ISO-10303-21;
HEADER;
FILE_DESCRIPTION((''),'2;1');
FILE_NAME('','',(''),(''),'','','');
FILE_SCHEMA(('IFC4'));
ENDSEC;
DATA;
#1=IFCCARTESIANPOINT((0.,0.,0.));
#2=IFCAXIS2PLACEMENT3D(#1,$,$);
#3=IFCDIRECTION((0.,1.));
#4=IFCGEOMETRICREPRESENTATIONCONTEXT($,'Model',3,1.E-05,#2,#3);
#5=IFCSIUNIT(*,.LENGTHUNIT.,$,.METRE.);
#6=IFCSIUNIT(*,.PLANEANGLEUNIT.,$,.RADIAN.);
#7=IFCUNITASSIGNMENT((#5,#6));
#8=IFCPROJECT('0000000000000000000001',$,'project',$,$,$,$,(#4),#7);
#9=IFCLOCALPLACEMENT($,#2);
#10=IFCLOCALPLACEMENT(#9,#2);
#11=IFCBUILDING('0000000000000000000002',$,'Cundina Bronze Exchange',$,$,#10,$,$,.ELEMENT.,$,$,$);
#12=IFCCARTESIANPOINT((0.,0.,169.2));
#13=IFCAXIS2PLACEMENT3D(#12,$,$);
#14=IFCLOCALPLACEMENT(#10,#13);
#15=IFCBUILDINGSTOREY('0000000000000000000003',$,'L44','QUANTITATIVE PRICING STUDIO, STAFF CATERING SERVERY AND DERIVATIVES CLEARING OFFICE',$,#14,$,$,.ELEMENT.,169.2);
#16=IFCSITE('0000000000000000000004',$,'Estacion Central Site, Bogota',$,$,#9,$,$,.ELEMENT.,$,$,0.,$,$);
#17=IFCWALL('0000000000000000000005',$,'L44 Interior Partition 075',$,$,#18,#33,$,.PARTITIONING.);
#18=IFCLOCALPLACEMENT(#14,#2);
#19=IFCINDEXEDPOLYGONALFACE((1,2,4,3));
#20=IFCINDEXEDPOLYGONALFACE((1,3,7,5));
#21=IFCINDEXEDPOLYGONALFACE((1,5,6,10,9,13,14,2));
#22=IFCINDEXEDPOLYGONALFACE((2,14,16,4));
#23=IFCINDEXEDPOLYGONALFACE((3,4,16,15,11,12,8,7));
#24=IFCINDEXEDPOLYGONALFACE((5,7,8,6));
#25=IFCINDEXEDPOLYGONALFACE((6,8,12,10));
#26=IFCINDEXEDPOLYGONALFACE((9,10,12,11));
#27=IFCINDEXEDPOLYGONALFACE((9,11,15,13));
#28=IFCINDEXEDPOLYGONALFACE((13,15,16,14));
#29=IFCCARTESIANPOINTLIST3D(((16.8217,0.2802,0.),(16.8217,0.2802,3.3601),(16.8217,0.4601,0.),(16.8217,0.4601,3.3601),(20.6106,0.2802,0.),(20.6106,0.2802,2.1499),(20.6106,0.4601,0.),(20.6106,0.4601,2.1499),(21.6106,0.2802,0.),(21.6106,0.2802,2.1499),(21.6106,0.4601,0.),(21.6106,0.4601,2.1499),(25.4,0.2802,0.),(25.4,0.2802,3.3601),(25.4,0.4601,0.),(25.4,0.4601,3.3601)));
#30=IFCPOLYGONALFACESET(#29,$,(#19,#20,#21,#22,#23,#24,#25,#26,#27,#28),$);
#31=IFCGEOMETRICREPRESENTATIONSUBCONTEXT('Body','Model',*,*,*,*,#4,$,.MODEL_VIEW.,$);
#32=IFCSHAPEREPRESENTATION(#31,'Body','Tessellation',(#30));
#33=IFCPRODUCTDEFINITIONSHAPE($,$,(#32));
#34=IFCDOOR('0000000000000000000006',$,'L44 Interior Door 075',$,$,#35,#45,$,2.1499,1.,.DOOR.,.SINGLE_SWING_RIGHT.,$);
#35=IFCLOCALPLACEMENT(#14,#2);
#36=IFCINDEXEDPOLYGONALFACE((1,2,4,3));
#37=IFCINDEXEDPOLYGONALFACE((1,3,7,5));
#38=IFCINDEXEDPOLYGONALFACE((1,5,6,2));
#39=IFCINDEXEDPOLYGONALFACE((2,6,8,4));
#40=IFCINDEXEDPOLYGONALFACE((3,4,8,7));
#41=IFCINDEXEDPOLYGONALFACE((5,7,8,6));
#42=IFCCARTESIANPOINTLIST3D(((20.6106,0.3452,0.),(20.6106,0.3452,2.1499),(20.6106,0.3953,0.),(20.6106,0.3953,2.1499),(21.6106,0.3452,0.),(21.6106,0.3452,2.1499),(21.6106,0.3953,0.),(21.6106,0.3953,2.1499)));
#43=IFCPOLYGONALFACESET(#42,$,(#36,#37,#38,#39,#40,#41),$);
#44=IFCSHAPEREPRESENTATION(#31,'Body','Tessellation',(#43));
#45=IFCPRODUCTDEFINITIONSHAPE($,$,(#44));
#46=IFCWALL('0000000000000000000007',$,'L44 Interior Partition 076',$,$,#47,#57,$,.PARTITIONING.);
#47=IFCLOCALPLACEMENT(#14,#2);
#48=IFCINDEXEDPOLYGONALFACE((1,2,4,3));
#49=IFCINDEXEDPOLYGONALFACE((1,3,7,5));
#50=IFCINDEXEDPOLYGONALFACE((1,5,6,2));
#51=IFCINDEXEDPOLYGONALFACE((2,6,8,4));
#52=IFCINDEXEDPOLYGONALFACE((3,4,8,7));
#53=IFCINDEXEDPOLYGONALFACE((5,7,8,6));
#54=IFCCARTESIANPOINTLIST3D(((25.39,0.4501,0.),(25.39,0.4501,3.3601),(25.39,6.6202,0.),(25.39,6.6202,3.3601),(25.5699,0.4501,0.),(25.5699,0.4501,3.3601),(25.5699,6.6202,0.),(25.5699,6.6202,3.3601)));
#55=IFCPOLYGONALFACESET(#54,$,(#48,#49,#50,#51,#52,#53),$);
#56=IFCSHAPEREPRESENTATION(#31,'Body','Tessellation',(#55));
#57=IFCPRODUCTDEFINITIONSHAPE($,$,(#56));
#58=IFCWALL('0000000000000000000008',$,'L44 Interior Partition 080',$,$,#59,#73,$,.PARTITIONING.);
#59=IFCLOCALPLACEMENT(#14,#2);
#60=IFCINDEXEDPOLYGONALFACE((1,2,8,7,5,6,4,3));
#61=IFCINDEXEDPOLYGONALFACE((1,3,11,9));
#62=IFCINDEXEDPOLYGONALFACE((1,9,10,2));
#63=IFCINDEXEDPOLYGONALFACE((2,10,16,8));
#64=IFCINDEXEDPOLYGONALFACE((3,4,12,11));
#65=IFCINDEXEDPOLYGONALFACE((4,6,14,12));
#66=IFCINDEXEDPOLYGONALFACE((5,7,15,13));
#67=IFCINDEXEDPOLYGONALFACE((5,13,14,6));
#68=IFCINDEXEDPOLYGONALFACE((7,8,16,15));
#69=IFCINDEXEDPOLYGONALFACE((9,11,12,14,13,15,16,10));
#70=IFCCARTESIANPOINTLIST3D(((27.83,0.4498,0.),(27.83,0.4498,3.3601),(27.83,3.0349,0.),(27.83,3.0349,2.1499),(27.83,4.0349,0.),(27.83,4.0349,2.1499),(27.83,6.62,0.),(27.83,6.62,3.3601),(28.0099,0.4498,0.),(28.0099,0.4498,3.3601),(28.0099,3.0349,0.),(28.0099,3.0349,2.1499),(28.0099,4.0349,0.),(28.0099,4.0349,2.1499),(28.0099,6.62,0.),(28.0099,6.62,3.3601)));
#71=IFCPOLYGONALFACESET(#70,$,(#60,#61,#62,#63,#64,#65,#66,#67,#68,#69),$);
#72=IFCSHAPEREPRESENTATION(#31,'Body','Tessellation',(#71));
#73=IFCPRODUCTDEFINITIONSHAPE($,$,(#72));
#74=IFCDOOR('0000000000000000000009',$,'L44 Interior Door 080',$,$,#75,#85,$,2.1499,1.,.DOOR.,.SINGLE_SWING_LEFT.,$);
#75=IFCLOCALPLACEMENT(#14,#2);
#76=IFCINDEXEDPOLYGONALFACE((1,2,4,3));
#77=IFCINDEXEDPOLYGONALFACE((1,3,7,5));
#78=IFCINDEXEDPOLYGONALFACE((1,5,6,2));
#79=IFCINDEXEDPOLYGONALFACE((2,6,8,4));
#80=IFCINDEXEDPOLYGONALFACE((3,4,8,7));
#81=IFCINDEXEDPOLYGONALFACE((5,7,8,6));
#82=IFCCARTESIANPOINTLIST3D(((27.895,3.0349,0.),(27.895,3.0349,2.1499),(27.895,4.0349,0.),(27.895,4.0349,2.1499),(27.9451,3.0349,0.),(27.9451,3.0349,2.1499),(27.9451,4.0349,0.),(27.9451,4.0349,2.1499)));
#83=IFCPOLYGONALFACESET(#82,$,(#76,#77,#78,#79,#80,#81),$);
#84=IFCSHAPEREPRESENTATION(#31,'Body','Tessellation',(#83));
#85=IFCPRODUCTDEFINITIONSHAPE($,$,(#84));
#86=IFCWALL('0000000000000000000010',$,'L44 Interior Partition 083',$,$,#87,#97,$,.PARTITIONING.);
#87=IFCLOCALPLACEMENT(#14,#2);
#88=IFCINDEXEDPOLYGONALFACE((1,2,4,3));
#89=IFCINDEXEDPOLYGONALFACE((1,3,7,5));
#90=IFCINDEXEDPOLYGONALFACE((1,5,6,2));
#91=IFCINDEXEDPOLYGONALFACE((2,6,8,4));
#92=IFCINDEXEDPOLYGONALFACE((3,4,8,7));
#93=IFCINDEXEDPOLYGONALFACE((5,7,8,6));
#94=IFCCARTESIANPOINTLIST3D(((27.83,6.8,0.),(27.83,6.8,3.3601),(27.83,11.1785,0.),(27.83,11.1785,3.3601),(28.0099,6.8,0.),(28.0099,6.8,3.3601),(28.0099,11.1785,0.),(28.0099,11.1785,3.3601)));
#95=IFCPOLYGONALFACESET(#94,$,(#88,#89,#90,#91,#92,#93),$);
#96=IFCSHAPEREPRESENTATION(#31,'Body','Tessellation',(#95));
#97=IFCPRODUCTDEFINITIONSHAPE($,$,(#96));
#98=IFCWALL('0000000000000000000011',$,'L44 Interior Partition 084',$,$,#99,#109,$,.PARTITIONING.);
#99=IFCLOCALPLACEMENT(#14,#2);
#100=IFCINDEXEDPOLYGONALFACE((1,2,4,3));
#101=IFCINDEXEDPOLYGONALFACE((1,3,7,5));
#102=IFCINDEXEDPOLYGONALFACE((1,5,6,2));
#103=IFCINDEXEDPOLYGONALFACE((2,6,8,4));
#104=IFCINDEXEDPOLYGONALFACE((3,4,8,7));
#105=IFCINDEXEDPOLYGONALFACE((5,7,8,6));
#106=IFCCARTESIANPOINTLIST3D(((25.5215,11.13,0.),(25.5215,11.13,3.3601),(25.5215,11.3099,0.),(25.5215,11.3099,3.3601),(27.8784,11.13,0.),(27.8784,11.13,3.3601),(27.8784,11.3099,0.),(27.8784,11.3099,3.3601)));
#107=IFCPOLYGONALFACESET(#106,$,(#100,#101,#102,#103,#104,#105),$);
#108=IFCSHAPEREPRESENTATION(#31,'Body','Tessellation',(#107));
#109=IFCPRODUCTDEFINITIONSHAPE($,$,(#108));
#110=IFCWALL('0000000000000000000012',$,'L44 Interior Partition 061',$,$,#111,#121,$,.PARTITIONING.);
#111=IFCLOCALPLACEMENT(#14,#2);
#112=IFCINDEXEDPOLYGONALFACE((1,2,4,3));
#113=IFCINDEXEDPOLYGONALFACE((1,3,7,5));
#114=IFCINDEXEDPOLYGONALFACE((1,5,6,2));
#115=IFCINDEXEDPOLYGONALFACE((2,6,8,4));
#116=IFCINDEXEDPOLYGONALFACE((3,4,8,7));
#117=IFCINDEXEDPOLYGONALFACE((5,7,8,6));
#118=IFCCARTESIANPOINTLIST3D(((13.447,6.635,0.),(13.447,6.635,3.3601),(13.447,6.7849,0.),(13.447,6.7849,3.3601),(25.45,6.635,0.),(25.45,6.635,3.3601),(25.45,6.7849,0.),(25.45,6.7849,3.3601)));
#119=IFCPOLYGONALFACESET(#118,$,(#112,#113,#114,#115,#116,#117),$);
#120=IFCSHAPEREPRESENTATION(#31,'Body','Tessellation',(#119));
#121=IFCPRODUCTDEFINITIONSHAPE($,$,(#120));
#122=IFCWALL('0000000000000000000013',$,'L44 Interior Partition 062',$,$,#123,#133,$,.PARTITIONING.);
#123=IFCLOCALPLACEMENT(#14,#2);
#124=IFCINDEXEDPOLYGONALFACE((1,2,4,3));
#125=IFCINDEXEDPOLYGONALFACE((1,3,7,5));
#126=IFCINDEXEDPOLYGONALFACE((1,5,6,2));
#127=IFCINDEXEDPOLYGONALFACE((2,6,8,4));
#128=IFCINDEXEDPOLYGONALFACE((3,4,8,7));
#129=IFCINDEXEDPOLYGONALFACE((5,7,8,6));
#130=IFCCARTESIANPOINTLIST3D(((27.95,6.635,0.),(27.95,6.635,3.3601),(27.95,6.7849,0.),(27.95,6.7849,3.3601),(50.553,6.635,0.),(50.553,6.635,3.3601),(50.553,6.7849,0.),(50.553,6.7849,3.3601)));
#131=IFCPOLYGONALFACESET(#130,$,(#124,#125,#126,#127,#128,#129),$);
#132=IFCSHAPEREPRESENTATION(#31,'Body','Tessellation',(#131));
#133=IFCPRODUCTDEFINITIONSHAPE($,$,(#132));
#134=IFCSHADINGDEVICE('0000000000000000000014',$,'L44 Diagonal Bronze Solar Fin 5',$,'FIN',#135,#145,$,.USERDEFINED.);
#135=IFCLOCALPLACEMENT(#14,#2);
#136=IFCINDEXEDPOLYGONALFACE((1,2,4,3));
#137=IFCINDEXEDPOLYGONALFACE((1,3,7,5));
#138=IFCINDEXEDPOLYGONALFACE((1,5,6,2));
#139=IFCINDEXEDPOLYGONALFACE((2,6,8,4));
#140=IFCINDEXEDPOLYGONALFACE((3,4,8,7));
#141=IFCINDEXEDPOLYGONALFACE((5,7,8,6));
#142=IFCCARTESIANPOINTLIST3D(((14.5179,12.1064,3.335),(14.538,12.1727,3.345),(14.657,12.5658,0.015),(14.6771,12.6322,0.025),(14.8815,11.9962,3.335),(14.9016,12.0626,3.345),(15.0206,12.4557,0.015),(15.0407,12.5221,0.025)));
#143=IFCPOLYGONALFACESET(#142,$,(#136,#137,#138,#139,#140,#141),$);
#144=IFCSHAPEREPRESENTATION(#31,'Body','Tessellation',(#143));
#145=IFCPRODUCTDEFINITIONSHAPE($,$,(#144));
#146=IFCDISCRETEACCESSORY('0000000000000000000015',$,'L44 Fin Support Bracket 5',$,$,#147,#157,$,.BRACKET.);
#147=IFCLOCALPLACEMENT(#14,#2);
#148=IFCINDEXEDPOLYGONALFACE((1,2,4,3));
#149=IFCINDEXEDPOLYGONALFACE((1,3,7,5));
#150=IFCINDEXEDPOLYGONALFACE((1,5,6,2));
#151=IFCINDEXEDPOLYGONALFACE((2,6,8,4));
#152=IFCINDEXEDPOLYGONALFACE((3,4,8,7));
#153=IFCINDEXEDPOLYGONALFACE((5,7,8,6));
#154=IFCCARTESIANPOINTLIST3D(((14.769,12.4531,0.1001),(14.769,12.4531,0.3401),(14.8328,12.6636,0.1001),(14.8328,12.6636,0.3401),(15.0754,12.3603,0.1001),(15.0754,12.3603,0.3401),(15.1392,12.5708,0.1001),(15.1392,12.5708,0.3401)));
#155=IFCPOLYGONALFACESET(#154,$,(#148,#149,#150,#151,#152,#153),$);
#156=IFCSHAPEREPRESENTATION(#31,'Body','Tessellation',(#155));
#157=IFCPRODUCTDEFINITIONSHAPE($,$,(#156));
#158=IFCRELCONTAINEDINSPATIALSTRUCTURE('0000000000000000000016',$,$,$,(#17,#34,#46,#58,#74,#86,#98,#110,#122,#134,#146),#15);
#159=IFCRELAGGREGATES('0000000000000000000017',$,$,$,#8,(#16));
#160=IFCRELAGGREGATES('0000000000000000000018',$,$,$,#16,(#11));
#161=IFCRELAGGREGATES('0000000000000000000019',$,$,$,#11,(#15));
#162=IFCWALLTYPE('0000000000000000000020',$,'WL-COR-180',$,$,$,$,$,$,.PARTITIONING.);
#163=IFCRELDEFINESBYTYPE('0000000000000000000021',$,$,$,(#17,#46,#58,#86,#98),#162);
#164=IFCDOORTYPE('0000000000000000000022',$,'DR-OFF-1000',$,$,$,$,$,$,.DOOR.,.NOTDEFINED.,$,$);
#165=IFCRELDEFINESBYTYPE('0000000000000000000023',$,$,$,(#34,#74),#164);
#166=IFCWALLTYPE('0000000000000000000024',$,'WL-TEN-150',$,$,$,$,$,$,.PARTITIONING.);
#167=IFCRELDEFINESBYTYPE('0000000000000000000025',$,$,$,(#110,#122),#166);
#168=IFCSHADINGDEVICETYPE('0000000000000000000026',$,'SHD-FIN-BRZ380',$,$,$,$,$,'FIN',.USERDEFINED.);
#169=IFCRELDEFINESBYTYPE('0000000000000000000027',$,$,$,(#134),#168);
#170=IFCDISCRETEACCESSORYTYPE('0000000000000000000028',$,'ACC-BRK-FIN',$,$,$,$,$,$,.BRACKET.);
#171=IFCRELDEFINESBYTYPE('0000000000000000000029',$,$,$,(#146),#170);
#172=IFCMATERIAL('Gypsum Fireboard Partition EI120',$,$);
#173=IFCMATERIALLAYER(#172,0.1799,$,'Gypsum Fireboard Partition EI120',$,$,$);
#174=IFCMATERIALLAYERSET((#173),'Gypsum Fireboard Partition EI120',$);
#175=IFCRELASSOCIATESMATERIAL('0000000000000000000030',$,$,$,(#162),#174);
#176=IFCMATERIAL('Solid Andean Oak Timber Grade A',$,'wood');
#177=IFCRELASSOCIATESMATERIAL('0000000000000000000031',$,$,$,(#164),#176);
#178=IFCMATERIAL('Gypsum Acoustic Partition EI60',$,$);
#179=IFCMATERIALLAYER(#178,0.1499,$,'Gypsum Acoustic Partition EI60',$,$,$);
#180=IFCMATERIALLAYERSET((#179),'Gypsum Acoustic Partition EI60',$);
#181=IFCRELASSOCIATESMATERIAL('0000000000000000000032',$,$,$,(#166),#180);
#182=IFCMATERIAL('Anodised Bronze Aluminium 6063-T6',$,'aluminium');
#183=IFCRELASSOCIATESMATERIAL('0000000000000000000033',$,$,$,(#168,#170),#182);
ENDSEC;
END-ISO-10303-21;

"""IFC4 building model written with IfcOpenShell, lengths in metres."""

from ifc_helpers import new_model, si_unit, direction, frame, frame_2d, origin, origin_2d, place, context, subcontext, project, spatial, rectangle, extrude, material, layer, layer_set, material_profile, profile_set, type_object, element, fill, save


model = new_model("IFC4")

# Units and contexts
model_context = context("Model", 3, precision=1e-05, world=origin(), true_north=direction((0.0, 1.0)))
body_context = subcontext(model_context, "Body", "Model", "MODEL_VIEW")
ifc_project = project(units=[si_unit("LENGTHUNIT", "METRE"), si_unit("PLANEANGLEUNIT", "RADIAN")], contexts=[model_context])

# Site, building, storey
site_placement = place(None, origin())
site = spatial("IfcSite", under=ifc_project, at=site_placement, Name="Estacion Central Site, Bogota", CompositionType="ELEMENT", RefElevation=0.0)
building_placement = place(site_placement, origin())
building = spatial("IfcBuilding", under=site, at=building_placement, Name="Cundina Bronze Exchange", CompositionType="ELEMENT")
storey_placement = place(building_placement, frame((0.0, 0.0, 169.2)))
storey = spatial("IfcBuildingStorey", under=building, at=storey_placement, Name="L44", Description="QUANTITATIVE PRICING STUDIO, STAFF CATERING SERVERY AND DERIVATIVES CLEARING OFFICE", CompositionType="ELEMENT", Elevation=169.2)

# Shared definitions
ifc_material_1 = material(Name="Anodised Bronze Aluminium 6063-T6", Category="aluminium")

# Wall, opening, door
ifc_material_2 = material(Name="Gypsum Fireboard Partition EI120")
ifc_layer_1 = layer(ifc_material_2, 0.1799, Name="Gypsum Fireboard Partition EI120")
ifc_layer_set_1 = layer_set([ifc_layer_1], Name="Gypsum Fireboard Partition EI120")
wall_type_1 = type_object("IfcWallType", Name="WL-COR-180", PredefinedType="PARTITIONING", material=ifc_layer_set_1)
wall_1_placement = place(storey_placement, frame((25.3999, 0.3701, 0.0), z_axis=(0.0, 0.0, 1.0), x_axis=(-1.0, 0.0, 0.0)))
wall_1 = element("IfcWall", 1, at=wall_1_placement, inside=storey, type_object=wall_type_1, Name="L44 Interior Partition 075", PredefinedType="PARTITIONING", context=body_context, shape_type="SweptSolid", body=[
    extrude(rectangle(XDim=8.5784, YDim=0.1799, at=frame_2d((4.2891, 0.0))), origin(), (0.0, 0.0, 1.0), 3.3601),
])
opening_1_placement = place(wall_1_placement, frame((3.7893, 0.0, 0.0)))
opening_1 = element("IfcOpeningElement", 2, at=opening_1_placement, cuts=wall_1, PredefinedType="OPENING", context=body_context, shape_type="SweptSolid", body=[
    extrude(rectangle(XDim=1.0, YDim=2.1499, at=frame_2d((0.5, 1.075))), frame((0.0, 0.0999, 0.0), z_axis=(0.0, -1.0, 0.0), x_axis=(1.0, 0.0, 0.0)), (0.0, 0.0, 1.0), 0.2),
])
ifc_material_3 = material(Name="Solid Andean Oak Timber Grade A", Category="wood")
door_type = type_object("IfcDoorType", Name="DR-OFF-1000", OperationType="NOTDEFINED", PredefinedType="DOOR", material=ifc_material_3)
door_1_placement = place(opening_1_placement, origin())
door_1 = element("IfcDoor", 3, at=door_1_placement, inside=storey, type_object=door_type, Name="L44 Interior Door 075", OperationType="SINGLE_SWING_RIGHT", OverallHeight=2.1499, OverallWidth=1.0, PredefinedType="DOOR", context=body_context, shape_type="SweptSolid", body=[
    extrude(rectangle(XDim=1.0, YDim=2.1499, at=frame_2d((0.5, 1.075))), frame((0.0, 0.0249, 0.0), z_axis=(0.0, -1.0, 0.0), x_axis=(1.0, 0.0, 0.0)), (0.0, 0.0, 1.0), 0.05),
])
fill(opening_1, door_1)

# Wall
wall_2_placement = place(storey_placement, frame((25.48, 6.6201, 0.0), z_axis=(0.0, 0.0, 1.0), x_axis=(0.0, -1.0, 0.0)))
element("IfcWall", 4, at=wall_2_placement, inside=storey, type_object=wall_type_1, Name="L44 Interior Partition 076", PredefinedType="PARTITIONING", context=body_context, shape_type="SweptSolid", body=[
    extrude(rectangle(XDim=6.1702, YDim=0.1799, at=frame_2d((3.085, 0.0))), origin(), (0.0, 0.0, 1.0), 3.3601),
])

# Wall, opening, door
wall_3_placement = place(storey_placement, frame((27.9199, 0.45, 0.0), z_axis=(0.0, 0.0, 1.0), x_axis=(0.0, 1.0, 0.0)))
wall_3 = element("IfcWall", 5, at=wall_3_placement, inside=storey, type_object=wall_type_1, Name="L44 Interior Partition 080", PredefinedType="PARTITIONING", context=body_context, shape_type="SweptSolid", body=[
    extrude(rectangle(XDim=6.1702, YDim=0.1799, at=frame_2d((3.085, 0.0))), origin(), (0.0, 0.0, 1.0), 3.3601),
])
opening_2_placement = place(wall_3_placement, frame((2.585, 0.0, 0.0)))
opening_2 = element("IfcOpeningElement", 6, at=opening_2_placement, cuts=wall_3, PredefinedType="OPENING", context=body_context, shape_type="SweptSolid", body=[
    extrude(rectangle(XDim=1.0, YDim=2.1499, at=frame_2d((0.5, 1.075))), frame((0.0, 0.0999, 0.0), z_axis=(0.0, -1.0, 0.0), x_axis=(1.0, 0.0, 0.0)), (0.0, 0.0, 1.0), 0.2),
])
door_2_placement = place(opening_2_placement, origin())
door_2 = element("IfcDoor", 7, at=door_2_placement, inside=storey, type_object=door_type, Name="L44 Interior Door 080", OperationType="SINGLE_SWING_LEFT", OverallHeight=2.1499, OverallWidth=1.0, PredefinedType="DOOR", context=body_context, shape_type="SweptSolid", body=[
    extrude(rectangle(XDim=1.0, YDim=2.1499, at=frame_2d((0.5, 1.075))), frame((0.0, 0.0249, 0.0), z_axis=(0.0, -1.0, 0.0), x_axis=(1.0, 0.0, 0.0)), (0.0, 0.0, 1.0), 0.05),
])
fill(opening_2, door_2)

# Walls
wall_4_placement = place(storey_placement, frame((27.9199, 6.8, 0.0), z_axis=(0.0, 0.0, 1.0), x_axis=(0.0, 1.0, 0.0)))
element("IfcWall", 8, at=wall_4_placement, inside=storey, type_object=wall_type_1, Name="L44 Interior Partition 083", PredefinedType="PARTITIONING", context=body_context, shape_type="SweptSolid", body=[
    extrude(rectangle(XDim=4.3784, YDim=0.1799, at=frame_2d((2.1892, 0.0))), origin(), (0.0, 0.0, 1.0), 3.3601),
])
wall_5_placement = place(storey_placement, frame((27.8784, 11.22, 0.0), z_axis=(0.0, 0.0, 1.0), x_axis=(-1.0, 0.0, 0.0)))
element("IfcWall", 9, at=wall_5_placement, inside=storey, type_object=wall_type_1, Name="L44 Interior Partition 084", PredefinedType="PARTITIONING", context=body_context, shape_type="SweptSolid", body=[
    extrude(rectangle(XDim=2.3569, YDim=0.1799, at=frame_2d((1.1785, 0.0))), origin(), (0.0, 0.0, 1.0), 3.3601),
])
ifc_material_4 = material(Name="Gypsum Acoustic Partition EI60")
ifc_layer_2 = layer(ifc_material_4, 0.1499, Name="Gypsum Acoustic Partition EI60")
ifc_layer_set_2 = layer_set([ifc_layer_2], Name="Gypsum Acoustic Partition EI60")
wall_type_2 = type_object("IfcWallType", Name="WL-TEN-150", PredefinedType="PARTITIONING", material=ifc_layer_set_2)
wall_6_placement = place(storey_placement, frame((13.447, 6.71, 0.0), z_axis=(0.0, 0.0, 1.0), x_axis=(1.0, 0.0, 0.0)))
element("IfcWall", 10, at=wall_6_placement, inside=storey, type_object=wall_type_2, Name="L44 Interior Partition 061", PredefinedType="PARTITIONING", context=body_context, shape_type="SweptSolid", body=[
    extrude(rectangle(XDim=12.0029, YDim=0.1499, at=frame_2d((6.0015, 0.0))), origin(), (0.0, 0.0, 1.0), 3.3601),
])
wall_7_placement = place(storey_placement, frame((27.95, 6.71, 0.0), z_axis=(0.0, 0.0, 1.0), x_axis=(1.0, 0.0, 0.0)))
element("IfcWall", 11, at=wall_7_placement, inside=storey, type_object=wall_type_2, Name="L44 Interior Partition 062", PredefinedType="PARTITIONING", context=body_context, shape_type="SweptSolid", body=[
    extrude(rectangle(XDim=22.603, YDim=0.1499, at=frame_2d((11.3015, 0.0))), origin(), (0.0, 0.0, 1.0), 3.3601),
])

# Shading device
ifc_material_profile_1 = material_profile(ifc_material_1, rectangle(XDim=0.0701, YDim=0.3799, at=origin_2d()), Name="FIN70X380", Category="aluminium")
ifc_profile_set_1 = profile_set([ifc_material_profile_1], Name="Anodised Bronze Aluminium 6063-T6")
shading_device_type = type_object("IfcShadingDeviceType", Name="SHD-FIN-BRZ380", ElementType="FIN", PredefinedType="USERDEFINED", material=ifc_profile_set_1)
shading_device_placement = place(storey_placement, frame((14.8489, 12.5439, 0.02), z_axis=(-0.041483, -0.136968, 0.989706), x_axis=(0.286883, 0.947216, 0.143112)))
element("IfcShadingDevice", 12, at=shading_device_placement, inside=storey, type_object=shading_device_type, Name="L44 Diagonal Bronze Solar Fin 5", ObjectType="FIN", PredefinedType="USERDEFINED", context=body_context, shape_type="SweptSolid", body=[
    extrude(rectangle(XDim=0.0701, YDim=0.3799, at=origin_2d()), origin(), (0.0, 0.0, 1.0), 3.3545),
])

# Discrete accessory
discrete_accessory_type = type_object("IfcDiscreteAccessoryType", Name="ACC-BRK-FIN", PredefinedType="BRACKET", material=ifc_material_1)
discrete_accessory_placement = place(storey_placement, frame((14.9541, 12.512, 0.1001), z_axis=(0.0, 0.0, 1.0), x_axis=(-0.290051, -0.957011, 0.0)))
element("IfcDiscreteAccessory", 13, at=discrete_accessory_placement, inside=storey, type_object=discrete_accessory_type, Name="L44 Fin Support Bracket 5", PredefinedType="BRACKET", context=body_context, shape_type="SweptSolid", body=[
    extrude(rectangle(XDim=0.22, YDim=0.3201, at=origin_2d()), origin(), (0.0, 0.0, 1.0), 0.24),
])

save(model, "model.ifc")
